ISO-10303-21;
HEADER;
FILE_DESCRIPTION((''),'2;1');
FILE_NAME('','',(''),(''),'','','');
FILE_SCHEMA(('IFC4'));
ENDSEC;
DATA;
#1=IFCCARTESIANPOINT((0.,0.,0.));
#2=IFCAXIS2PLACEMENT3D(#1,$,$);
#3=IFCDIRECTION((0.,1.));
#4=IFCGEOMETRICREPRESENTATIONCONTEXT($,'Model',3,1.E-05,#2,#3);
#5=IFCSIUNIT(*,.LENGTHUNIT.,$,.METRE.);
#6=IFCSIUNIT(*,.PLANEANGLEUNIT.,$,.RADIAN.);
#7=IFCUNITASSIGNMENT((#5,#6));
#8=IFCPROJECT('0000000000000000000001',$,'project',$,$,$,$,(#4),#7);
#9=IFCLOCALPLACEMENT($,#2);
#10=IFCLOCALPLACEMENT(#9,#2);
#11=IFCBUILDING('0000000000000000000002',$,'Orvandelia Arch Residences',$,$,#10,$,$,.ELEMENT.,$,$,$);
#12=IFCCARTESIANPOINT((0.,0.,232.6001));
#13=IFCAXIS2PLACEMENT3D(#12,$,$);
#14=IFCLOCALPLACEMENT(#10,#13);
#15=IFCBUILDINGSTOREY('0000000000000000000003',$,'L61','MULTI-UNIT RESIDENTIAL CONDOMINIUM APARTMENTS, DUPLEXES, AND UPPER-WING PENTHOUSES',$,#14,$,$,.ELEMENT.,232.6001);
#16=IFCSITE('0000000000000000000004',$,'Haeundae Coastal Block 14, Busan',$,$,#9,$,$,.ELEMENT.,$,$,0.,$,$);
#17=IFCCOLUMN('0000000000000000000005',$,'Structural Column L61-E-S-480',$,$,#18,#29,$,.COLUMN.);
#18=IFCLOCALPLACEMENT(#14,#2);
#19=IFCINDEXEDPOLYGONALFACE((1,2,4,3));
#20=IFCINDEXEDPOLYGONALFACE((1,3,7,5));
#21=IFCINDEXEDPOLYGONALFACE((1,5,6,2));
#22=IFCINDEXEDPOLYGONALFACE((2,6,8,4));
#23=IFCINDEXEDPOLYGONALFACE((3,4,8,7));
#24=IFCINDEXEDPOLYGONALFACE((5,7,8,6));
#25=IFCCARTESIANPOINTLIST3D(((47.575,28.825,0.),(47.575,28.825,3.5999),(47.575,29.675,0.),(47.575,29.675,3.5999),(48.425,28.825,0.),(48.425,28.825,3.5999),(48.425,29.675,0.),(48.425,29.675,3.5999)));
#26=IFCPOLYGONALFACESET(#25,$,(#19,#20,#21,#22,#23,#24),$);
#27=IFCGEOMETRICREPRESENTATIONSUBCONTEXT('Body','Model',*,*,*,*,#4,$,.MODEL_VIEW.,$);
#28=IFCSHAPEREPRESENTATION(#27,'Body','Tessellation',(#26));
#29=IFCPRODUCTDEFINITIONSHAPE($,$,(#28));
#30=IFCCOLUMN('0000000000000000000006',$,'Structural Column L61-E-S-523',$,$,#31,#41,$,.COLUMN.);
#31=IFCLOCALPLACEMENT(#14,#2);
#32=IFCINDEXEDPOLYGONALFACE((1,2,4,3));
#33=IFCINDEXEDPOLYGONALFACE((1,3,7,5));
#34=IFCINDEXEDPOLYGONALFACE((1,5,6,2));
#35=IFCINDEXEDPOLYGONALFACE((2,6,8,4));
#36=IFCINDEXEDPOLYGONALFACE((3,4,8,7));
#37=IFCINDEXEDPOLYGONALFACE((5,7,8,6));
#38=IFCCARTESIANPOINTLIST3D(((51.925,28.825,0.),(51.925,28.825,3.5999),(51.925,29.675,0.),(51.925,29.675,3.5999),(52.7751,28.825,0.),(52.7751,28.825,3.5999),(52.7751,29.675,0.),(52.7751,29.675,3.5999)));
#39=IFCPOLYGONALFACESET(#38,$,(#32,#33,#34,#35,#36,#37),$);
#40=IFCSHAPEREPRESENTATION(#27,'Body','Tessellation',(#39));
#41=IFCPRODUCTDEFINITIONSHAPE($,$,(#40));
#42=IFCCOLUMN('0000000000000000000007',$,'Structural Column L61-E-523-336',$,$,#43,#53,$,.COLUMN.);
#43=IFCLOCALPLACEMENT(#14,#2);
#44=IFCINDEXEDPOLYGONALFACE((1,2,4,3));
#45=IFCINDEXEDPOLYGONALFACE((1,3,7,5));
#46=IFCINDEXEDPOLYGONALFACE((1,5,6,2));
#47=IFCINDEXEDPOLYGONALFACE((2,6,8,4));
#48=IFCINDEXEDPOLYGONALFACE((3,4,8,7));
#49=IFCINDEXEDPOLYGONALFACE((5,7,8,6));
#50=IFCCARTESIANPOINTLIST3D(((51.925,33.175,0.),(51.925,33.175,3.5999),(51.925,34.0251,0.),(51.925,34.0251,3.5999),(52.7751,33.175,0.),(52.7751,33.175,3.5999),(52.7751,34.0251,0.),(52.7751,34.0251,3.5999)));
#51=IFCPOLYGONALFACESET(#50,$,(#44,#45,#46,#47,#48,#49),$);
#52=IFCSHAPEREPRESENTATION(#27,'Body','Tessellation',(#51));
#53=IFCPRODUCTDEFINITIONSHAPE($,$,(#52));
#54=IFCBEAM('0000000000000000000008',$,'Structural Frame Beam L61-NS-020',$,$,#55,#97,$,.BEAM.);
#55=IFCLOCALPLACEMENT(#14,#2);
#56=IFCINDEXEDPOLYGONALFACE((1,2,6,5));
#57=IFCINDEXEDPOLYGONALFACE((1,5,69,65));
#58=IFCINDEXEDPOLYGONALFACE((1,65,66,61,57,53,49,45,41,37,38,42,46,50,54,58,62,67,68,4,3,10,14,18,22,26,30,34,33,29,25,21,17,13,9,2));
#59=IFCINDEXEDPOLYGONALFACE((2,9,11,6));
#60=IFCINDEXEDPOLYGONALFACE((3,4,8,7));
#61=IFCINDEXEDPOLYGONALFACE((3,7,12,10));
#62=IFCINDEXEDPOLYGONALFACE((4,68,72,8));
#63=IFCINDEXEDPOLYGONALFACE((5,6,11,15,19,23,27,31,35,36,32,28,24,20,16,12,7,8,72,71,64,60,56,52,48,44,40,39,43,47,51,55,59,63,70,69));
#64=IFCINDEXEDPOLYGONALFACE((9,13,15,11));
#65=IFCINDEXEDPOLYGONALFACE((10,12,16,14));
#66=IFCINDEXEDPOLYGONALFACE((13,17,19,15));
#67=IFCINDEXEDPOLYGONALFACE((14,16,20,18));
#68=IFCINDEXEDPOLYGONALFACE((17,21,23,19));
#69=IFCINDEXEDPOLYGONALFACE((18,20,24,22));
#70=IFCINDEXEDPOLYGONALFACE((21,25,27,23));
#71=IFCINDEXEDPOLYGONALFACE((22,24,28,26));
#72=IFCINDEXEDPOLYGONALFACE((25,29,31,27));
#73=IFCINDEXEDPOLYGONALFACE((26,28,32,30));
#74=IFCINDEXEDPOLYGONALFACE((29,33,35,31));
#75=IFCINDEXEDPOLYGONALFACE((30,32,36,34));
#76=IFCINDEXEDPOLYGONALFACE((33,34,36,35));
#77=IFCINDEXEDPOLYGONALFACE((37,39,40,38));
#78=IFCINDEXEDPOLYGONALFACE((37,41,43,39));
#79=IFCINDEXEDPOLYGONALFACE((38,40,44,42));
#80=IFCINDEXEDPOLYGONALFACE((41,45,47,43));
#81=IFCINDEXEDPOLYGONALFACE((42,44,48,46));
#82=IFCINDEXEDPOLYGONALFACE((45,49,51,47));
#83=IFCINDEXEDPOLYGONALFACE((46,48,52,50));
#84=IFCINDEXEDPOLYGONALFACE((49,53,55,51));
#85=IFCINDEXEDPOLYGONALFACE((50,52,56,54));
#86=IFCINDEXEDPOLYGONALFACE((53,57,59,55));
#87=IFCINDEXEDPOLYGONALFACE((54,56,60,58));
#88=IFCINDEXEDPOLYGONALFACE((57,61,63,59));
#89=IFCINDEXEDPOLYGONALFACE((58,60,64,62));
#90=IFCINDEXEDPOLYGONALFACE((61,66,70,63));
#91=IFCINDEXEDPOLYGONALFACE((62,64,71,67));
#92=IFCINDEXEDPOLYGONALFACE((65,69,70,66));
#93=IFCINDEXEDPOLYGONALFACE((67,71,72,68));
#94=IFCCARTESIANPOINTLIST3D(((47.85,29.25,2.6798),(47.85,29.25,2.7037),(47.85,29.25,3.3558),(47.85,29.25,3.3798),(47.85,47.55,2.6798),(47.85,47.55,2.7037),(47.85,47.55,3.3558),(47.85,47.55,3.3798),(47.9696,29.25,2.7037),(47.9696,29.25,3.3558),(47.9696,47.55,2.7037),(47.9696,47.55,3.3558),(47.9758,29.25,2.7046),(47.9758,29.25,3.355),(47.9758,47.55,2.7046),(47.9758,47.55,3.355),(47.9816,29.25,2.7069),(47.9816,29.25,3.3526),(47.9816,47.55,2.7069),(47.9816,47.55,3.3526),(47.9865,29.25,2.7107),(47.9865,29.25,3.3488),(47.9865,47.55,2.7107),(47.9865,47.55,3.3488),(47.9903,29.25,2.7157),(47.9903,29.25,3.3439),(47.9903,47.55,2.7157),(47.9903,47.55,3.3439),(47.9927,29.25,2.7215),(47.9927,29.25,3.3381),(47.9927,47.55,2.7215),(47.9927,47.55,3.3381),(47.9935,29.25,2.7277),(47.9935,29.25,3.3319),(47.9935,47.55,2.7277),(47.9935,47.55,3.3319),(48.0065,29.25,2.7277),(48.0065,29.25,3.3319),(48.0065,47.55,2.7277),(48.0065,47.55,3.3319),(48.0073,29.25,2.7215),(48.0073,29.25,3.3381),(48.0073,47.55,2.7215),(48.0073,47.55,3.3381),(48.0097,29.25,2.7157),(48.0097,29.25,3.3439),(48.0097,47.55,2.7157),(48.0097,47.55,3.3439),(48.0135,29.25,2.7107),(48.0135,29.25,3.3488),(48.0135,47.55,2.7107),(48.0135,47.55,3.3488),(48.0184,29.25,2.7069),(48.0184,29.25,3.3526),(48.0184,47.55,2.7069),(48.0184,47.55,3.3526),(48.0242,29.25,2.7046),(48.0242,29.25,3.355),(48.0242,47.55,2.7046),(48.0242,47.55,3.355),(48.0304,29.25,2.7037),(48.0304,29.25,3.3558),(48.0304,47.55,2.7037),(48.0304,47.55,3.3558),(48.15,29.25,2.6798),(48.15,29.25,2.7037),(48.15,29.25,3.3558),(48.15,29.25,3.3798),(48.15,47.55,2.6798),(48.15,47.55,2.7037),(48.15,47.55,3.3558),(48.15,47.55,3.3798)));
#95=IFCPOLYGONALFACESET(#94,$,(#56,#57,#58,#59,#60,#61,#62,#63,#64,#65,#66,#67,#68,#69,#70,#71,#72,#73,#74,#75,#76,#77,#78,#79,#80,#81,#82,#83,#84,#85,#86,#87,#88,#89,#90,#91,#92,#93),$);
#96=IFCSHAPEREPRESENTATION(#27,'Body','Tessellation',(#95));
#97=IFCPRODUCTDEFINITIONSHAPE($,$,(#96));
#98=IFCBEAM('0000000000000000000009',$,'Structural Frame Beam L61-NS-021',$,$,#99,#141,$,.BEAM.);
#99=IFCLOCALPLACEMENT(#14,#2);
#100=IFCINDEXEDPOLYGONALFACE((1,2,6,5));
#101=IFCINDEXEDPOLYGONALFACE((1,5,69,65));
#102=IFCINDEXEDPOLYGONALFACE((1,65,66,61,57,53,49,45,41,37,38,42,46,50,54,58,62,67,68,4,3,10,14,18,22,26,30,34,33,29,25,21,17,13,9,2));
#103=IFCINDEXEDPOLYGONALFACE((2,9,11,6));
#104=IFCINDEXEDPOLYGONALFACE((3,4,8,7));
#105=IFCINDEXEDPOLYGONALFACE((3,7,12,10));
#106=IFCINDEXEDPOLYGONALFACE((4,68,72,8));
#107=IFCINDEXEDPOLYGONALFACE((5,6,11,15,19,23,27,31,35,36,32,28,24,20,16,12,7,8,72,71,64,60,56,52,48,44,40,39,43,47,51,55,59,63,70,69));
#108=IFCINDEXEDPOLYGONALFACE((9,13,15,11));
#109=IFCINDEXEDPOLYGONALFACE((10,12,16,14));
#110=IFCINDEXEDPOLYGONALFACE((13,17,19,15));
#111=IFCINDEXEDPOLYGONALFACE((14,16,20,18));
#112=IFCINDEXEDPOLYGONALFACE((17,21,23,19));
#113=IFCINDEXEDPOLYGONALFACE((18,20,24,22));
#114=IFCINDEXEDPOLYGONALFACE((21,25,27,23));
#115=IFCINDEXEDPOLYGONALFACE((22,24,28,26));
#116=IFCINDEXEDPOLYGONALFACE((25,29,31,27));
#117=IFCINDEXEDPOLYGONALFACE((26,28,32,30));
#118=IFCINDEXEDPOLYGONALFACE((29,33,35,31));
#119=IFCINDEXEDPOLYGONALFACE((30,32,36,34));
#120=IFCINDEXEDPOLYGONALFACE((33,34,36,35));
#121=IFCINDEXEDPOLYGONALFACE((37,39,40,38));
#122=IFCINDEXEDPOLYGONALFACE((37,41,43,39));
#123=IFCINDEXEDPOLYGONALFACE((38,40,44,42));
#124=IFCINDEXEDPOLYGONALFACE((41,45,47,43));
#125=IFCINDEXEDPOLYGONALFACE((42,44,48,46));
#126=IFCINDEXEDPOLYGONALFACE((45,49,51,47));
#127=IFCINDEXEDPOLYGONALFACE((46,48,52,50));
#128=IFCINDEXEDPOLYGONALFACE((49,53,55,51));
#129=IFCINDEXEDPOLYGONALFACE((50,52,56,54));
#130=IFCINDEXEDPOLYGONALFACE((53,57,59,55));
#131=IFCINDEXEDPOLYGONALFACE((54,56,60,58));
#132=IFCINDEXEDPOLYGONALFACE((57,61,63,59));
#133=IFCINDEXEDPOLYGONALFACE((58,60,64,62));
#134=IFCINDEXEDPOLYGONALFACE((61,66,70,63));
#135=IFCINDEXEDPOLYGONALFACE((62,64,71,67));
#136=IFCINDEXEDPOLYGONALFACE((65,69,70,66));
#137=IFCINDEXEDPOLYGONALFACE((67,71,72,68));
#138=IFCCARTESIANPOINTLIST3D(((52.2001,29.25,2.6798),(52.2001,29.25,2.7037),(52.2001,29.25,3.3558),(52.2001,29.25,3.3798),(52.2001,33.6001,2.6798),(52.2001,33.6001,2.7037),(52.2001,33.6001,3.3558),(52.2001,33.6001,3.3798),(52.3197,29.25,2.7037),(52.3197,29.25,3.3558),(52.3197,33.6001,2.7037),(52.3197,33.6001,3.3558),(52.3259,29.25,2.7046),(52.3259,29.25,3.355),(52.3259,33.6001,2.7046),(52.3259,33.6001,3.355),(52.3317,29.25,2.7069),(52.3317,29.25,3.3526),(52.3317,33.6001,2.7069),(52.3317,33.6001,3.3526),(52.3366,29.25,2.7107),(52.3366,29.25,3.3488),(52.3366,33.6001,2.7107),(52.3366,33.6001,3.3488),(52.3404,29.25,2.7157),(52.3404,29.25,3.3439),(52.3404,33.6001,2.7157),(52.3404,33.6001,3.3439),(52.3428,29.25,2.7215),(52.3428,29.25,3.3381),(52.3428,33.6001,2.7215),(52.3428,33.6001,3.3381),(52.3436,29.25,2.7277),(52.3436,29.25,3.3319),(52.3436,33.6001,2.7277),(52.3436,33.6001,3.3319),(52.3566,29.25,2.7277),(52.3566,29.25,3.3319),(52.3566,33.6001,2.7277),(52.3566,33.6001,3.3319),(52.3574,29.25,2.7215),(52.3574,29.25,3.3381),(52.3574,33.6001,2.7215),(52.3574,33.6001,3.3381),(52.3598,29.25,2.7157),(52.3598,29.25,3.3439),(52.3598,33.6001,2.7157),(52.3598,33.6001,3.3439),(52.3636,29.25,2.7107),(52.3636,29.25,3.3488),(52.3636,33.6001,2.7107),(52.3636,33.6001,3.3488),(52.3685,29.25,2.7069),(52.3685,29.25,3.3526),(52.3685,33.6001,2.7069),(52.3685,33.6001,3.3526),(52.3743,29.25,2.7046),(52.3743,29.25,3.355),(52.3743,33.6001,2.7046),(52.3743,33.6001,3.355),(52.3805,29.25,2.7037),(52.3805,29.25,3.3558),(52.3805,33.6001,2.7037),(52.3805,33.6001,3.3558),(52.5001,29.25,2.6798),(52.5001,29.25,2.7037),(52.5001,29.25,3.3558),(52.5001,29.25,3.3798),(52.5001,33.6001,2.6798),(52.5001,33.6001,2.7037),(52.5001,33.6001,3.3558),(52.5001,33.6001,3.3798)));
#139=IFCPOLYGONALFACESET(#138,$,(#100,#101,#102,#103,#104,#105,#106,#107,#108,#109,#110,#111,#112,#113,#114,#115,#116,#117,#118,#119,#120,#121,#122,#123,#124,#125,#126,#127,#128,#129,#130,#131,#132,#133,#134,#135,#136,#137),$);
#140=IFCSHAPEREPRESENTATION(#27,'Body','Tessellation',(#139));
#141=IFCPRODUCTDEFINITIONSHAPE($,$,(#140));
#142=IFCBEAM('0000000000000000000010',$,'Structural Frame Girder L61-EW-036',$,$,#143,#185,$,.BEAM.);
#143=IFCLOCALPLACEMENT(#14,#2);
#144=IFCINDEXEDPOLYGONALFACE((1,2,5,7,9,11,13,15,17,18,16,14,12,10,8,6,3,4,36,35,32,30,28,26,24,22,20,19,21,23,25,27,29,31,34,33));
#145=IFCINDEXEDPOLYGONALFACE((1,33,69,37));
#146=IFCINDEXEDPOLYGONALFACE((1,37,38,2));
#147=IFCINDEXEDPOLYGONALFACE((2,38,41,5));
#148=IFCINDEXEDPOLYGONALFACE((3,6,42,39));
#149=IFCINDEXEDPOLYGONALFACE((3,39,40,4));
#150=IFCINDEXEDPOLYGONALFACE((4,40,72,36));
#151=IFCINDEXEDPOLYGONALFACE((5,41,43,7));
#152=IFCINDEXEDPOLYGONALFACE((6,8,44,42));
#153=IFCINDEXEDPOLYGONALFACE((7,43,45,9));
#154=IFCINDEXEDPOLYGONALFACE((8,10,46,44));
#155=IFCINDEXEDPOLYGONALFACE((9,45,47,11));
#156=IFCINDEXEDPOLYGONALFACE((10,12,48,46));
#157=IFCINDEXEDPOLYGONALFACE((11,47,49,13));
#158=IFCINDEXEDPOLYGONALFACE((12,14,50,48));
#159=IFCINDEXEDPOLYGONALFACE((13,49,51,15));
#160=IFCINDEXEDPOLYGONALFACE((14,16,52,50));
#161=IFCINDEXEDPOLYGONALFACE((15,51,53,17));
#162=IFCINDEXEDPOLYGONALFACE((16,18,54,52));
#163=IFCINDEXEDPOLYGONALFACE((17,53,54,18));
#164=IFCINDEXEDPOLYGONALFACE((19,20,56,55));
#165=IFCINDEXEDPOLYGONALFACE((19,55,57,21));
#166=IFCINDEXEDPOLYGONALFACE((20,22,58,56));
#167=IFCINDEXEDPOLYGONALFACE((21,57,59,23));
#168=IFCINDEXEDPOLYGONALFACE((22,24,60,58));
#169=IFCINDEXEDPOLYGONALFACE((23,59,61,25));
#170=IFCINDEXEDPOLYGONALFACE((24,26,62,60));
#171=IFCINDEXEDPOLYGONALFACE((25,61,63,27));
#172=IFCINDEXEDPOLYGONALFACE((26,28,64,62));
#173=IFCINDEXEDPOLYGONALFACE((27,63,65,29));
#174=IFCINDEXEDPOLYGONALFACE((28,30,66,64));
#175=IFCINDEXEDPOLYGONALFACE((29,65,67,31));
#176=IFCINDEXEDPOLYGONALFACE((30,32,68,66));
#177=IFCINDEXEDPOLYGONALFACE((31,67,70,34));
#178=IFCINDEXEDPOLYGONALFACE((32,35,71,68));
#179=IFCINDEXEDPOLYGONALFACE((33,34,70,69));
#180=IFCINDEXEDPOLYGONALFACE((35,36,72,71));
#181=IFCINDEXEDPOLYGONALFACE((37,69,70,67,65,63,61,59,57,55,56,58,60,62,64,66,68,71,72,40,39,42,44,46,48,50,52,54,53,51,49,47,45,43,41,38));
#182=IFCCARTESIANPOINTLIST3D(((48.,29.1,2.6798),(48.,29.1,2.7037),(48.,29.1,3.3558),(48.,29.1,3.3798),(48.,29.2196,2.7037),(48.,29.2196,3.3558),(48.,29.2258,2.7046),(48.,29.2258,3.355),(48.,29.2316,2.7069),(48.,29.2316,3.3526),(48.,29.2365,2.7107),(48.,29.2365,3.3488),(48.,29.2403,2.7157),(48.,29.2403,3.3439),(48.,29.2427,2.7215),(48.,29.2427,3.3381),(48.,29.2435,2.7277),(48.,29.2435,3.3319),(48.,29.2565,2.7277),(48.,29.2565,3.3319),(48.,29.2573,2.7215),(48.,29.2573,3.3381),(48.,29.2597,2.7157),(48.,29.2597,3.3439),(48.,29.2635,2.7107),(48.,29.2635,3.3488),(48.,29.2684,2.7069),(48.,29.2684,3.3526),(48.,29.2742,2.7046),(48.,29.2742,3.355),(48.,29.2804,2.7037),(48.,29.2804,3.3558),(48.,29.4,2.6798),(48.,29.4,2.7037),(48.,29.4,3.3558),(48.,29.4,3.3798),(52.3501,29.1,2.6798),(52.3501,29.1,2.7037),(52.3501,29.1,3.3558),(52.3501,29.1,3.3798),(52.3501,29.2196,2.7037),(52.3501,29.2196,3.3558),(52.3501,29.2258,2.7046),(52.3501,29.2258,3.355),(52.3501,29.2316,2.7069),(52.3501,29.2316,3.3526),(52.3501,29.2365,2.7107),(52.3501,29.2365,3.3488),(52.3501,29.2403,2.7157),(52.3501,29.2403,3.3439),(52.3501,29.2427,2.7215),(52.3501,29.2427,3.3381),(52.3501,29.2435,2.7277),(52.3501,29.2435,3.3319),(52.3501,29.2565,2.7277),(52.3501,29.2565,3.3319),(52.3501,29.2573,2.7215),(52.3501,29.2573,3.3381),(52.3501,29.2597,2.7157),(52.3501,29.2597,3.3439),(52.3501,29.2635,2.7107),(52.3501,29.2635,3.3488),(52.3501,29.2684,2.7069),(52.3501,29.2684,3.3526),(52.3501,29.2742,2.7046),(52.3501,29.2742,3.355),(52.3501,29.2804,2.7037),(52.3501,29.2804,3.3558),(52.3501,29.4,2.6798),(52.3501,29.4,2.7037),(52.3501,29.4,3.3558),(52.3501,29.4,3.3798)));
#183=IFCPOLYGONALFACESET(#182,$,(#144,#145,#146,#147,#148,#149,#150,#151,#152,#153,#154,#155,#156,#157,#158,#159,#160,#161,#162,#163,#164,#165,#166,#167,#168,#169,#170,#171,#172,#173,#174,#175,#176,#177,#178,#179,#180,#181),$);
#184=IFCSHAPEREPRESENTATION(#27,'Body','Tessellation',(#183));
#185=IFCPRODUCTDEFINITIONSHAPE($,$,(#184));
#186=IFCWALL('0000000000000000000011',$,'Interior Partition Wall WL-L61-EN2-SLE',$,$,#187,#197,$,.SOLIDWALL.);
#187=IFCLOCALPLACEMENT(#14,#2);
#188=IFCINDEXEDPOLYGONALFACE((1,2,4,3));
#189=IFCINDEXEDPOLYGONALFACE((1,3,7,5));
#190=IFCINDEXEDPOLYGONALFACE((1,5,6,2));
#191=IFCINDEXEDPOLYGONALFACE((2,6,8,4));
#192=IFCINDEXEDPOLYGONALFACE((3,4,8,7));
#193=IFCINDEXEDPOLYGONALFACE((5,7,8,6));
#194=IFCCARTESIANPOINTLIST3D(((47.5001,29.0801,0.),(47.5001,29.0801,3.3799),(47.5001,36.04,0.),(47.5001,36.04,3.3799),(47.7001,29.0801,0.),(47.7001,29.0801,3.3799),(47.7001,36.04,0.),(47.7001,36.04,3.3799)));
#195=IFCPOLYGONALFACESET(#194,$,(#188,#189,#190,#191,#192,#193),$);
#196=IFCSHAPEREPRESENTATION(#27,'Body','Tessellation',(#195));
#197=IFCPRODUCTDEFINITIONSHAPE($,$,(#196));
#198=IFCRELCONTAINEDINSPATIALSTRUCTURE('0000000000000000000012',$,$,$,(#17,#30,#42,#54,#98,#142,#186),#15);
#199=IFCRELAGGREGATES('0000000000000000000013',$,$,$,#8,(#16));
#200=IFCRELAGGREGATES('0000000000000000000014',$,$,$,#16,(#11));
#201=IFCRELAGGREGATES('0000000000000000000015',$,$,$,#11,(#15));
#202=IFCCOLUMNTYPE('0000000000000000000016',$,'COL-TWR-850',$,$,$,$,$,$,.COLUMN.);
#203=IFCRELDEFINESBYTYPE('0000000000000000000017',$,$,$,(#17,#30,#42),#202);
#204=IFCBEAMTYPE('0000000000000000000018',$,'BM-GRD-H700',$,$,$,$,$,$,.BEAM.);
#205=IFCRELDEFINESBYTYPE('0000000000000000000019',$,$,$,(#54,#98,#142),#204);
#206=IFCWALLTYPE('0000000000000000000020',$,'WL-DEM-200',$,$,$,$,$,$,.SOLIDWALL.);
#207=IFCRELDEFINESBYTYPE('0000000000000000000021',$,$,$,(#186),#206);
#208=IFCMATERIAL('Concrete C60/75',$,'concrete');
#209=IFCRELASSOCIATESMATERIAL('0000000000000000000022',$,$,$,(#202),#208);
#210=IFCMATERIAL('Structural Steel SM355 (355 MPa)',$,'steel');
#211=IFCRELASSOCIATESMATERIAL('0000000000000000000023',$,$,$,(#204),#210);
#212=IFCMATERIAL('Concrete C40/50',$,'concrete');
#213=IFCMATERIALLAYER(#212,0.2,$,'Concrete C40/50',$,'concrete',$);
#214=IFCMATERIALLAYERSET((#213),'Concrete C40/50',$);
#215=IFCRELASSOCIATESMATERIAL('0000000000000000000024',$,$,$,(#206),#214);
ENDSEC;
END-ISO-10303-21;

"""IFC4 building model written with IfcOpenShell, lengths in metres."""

from ifc_helpers import new_model, si_unit, direction, frame, frame_2d, origin, origin_2d, place, context, subcontext, project, spatial, rectangle, i_section, extrude, material, layer, layer_set, material_profile, profile_set, type_object, element, save


model = new_model("IFC4")

# Units and contexts
model_context = context("Model", 3, precision=1e-05, world=origin(), true_north=direction((0.0, 1.0)))
body_context = subcontext(model_context, "Body", "Model", "MODEL_VIEW")
ifc_project = project(units=[si_unit("LENGTHUNIT", "METRE"), si_unit("PLANEANGLEUNIT", "RADIAN")], contexts=[model_context])

# Site, building, storey
site_placement = place(None, origin())
site = spatial("IfcSite", under=ifc_project, at=site_placement, Name="Haeundae Coastal Block 14, Busan", CompositionType="ELEMENT", RefElevation=0.0)
building_placement = place(site_placement, origin())
building = spatial("IfcBuilding", under=site, at=building_placement, Name="Orvandelia Arch Residences", CompositionType="ELEMENT")
storey_placement = place(building_placement, frame((0.0, 0.0, 232.6001)))
storey = spatial("IfcBuildingStorey", under=building, at=storey_placement, Name="L61", Description="MULTI-UNIT RESIDENTIAL CONDOMINIUM APARTMENTS, DUPLEXES, AND UPPER-WING PENTHOUSES", CompositionType="ELEMENT", Elevation=232.6001)

# Columns
ifc_material_1 = material(Name="Concrete C60/75", Category="concrete")
ifc_material_profile_1 = material_profile(ifc_material_1, rectangle(XDim=0.8501, YDim=0.8501, at=origin_2d()), Name="Concrete C60/75", Category="concrete")
ifc_profile_set_1 = profile_set([ifc_material_profile_1], Name="Concrete C60/75")
column_type = type_object("IfcColumnType", Name="COL-TWR-850", PredefinedType="COLUMN", material=ifc_profile_set_1)
for number, where, z_axis, x_axis, name in (
    (1, (48.0, 29.25, 0.0), (0.0, 0.0, 1.0), (1.0, 0.0, 0.0), "Structural Column L61-E-S-480"),
    (2, (52.3501, 29.25, 0.0), (0.0, 0.0, 1.0), (1.0, 0.0, 0.0), "Structural Column L61-E-S-523"),
    (3, (52.3501, 33.6001, 0.0), (0.0, 0.0, 1.0), (1.0, 0.0, 0.0), "Structural Column L61-E-523-336"),
):
    element("IfcColumn", number, at=place(storey_placement, frame(where, z_axis=z_axis, x_axis=x_axis)), inside=storey, type_object=column_type, Name=name, PredefinedType="COLUMN", context=body_context, shape_type="SweptSolid", body=[
        extrude(rectangle(XDim=0.8501, YDim=0.8501, at=origin_2d()), origin(), (0.0, 0.0, 1.0), 3.5999),
    ])

# Beams
ifc_material_2 = material(Name="Structural Steel SM355 (355 MPa)", Category="steel")
ifc_material_profile_2 = material_profile(ifc_material_2, i_section(OverallWidth=0.3, OverallDepth=0.7, WebThickness=0.0129, FlangeThickness=0.0239, FilletRadius=0.0239, at=origin_2d()), Name="Structural Steel SM355 (355 MPa)", Category="steel")
ifc_profile_set_2 = profile_set([ifc_material_profile_2], Name="Structural Steel SM355 (355 MPa)")
beam_type = type_object("IfcBeamType", Name="BM-GRD-H700", PredefinedType="BEAM", material=ifc_profile_set_2)
beam_placement = place(storey_placement, frame((48.0, 29.25, 3.0298), z_axis=(0.0, 1.0, 0.0), x_axis=(-1.0, 0.0, 0.0)))
element("IfcBeam", 4, at=beam_placement, inside=storey, type_object=beam_type, Name="Structural Frame Beam L61-NS-020", PredefinedType="BEAM", context=body_context, shape_type="SweptSolid", body=[
    extrude(i_section(OverallWidth=0.3, OverallDepth=0.7, WebThickness=0.0129, FlangeThickness=0.0239, FilletRadius=0.0239, at=origin_2d()), origin(), (0.0, 0.0, 1.0), 18.3),
])
for number, where, z_axis, x_axis, name in (
    (5, (52.3501, 29.25, 3.0298), (0.0, 1.0, 0.0), (-1.0, 0.0, 0.0), "Structural Frame Beam L61-NS-021"),
    (6, (48.0, 29.25, 3.0298), (1.0, 0.0, 0.0), (0.0, 1.0, 0.0), "Structural Frame Girder L61-EW-036"),
):
    element("IfcBeam", number, at=place(storey_placement, frame(where, z_axis=z_axis, x_axis=x_axis)), inside=storey, type_object=beam_type, Name=name, PredefinedType="BEAM", context=body_context, shape_type="SweptSolid", body=[
        extrude(i_section(OverallWidth=0.3, OverallDepth=0.7, WebThickness=0.0129, FlangeThickness=0.0239, FilletRadius=0.0239, at=origin_2d()), origin(), (0.0, 0.0, 1.0), 4.3501),
    ])

# Wall
ifc_material_3 = material(Name="Concrete C40/50", Category="concrete")
ifc_layer_1 = layer(ifc_material_3, 0.2, Name="Concrete C40/50", Category="concrete")
ifc_layer_set_1 = layer_set([ifc_layer_1], Name="Concrete C40/50")
wall_type_1 = type_object("IfcWallType", Name="WL-DEM-200", PredefinedType="SOLIDWALL", material=ifc_layer_set_1)
wall_1_placement = place(storey_placement, frame((47.6001, 29.0801, 0.0), z_axis=(0.0, 0.0, 1.0), x_axis=(0.0, 1.0, 0.0)))
element("IfcWall", 7, at=wall_1_placement, inside=storey, type_object=wall_type_1, Name="Interior Partition Wall WL-L61-EN2-SLE", PredefinedType="SOLIDWALL", context=body_context, shape_type="SweptSolid", body=[
    extrude(rectangle(XDim=6.96, YDim=0.2, at=frame_2d((3.48, 0.0))), origin(), (0.0, 0.0, 1.0), 3.3799),
])

save(model, "model.ifc")
